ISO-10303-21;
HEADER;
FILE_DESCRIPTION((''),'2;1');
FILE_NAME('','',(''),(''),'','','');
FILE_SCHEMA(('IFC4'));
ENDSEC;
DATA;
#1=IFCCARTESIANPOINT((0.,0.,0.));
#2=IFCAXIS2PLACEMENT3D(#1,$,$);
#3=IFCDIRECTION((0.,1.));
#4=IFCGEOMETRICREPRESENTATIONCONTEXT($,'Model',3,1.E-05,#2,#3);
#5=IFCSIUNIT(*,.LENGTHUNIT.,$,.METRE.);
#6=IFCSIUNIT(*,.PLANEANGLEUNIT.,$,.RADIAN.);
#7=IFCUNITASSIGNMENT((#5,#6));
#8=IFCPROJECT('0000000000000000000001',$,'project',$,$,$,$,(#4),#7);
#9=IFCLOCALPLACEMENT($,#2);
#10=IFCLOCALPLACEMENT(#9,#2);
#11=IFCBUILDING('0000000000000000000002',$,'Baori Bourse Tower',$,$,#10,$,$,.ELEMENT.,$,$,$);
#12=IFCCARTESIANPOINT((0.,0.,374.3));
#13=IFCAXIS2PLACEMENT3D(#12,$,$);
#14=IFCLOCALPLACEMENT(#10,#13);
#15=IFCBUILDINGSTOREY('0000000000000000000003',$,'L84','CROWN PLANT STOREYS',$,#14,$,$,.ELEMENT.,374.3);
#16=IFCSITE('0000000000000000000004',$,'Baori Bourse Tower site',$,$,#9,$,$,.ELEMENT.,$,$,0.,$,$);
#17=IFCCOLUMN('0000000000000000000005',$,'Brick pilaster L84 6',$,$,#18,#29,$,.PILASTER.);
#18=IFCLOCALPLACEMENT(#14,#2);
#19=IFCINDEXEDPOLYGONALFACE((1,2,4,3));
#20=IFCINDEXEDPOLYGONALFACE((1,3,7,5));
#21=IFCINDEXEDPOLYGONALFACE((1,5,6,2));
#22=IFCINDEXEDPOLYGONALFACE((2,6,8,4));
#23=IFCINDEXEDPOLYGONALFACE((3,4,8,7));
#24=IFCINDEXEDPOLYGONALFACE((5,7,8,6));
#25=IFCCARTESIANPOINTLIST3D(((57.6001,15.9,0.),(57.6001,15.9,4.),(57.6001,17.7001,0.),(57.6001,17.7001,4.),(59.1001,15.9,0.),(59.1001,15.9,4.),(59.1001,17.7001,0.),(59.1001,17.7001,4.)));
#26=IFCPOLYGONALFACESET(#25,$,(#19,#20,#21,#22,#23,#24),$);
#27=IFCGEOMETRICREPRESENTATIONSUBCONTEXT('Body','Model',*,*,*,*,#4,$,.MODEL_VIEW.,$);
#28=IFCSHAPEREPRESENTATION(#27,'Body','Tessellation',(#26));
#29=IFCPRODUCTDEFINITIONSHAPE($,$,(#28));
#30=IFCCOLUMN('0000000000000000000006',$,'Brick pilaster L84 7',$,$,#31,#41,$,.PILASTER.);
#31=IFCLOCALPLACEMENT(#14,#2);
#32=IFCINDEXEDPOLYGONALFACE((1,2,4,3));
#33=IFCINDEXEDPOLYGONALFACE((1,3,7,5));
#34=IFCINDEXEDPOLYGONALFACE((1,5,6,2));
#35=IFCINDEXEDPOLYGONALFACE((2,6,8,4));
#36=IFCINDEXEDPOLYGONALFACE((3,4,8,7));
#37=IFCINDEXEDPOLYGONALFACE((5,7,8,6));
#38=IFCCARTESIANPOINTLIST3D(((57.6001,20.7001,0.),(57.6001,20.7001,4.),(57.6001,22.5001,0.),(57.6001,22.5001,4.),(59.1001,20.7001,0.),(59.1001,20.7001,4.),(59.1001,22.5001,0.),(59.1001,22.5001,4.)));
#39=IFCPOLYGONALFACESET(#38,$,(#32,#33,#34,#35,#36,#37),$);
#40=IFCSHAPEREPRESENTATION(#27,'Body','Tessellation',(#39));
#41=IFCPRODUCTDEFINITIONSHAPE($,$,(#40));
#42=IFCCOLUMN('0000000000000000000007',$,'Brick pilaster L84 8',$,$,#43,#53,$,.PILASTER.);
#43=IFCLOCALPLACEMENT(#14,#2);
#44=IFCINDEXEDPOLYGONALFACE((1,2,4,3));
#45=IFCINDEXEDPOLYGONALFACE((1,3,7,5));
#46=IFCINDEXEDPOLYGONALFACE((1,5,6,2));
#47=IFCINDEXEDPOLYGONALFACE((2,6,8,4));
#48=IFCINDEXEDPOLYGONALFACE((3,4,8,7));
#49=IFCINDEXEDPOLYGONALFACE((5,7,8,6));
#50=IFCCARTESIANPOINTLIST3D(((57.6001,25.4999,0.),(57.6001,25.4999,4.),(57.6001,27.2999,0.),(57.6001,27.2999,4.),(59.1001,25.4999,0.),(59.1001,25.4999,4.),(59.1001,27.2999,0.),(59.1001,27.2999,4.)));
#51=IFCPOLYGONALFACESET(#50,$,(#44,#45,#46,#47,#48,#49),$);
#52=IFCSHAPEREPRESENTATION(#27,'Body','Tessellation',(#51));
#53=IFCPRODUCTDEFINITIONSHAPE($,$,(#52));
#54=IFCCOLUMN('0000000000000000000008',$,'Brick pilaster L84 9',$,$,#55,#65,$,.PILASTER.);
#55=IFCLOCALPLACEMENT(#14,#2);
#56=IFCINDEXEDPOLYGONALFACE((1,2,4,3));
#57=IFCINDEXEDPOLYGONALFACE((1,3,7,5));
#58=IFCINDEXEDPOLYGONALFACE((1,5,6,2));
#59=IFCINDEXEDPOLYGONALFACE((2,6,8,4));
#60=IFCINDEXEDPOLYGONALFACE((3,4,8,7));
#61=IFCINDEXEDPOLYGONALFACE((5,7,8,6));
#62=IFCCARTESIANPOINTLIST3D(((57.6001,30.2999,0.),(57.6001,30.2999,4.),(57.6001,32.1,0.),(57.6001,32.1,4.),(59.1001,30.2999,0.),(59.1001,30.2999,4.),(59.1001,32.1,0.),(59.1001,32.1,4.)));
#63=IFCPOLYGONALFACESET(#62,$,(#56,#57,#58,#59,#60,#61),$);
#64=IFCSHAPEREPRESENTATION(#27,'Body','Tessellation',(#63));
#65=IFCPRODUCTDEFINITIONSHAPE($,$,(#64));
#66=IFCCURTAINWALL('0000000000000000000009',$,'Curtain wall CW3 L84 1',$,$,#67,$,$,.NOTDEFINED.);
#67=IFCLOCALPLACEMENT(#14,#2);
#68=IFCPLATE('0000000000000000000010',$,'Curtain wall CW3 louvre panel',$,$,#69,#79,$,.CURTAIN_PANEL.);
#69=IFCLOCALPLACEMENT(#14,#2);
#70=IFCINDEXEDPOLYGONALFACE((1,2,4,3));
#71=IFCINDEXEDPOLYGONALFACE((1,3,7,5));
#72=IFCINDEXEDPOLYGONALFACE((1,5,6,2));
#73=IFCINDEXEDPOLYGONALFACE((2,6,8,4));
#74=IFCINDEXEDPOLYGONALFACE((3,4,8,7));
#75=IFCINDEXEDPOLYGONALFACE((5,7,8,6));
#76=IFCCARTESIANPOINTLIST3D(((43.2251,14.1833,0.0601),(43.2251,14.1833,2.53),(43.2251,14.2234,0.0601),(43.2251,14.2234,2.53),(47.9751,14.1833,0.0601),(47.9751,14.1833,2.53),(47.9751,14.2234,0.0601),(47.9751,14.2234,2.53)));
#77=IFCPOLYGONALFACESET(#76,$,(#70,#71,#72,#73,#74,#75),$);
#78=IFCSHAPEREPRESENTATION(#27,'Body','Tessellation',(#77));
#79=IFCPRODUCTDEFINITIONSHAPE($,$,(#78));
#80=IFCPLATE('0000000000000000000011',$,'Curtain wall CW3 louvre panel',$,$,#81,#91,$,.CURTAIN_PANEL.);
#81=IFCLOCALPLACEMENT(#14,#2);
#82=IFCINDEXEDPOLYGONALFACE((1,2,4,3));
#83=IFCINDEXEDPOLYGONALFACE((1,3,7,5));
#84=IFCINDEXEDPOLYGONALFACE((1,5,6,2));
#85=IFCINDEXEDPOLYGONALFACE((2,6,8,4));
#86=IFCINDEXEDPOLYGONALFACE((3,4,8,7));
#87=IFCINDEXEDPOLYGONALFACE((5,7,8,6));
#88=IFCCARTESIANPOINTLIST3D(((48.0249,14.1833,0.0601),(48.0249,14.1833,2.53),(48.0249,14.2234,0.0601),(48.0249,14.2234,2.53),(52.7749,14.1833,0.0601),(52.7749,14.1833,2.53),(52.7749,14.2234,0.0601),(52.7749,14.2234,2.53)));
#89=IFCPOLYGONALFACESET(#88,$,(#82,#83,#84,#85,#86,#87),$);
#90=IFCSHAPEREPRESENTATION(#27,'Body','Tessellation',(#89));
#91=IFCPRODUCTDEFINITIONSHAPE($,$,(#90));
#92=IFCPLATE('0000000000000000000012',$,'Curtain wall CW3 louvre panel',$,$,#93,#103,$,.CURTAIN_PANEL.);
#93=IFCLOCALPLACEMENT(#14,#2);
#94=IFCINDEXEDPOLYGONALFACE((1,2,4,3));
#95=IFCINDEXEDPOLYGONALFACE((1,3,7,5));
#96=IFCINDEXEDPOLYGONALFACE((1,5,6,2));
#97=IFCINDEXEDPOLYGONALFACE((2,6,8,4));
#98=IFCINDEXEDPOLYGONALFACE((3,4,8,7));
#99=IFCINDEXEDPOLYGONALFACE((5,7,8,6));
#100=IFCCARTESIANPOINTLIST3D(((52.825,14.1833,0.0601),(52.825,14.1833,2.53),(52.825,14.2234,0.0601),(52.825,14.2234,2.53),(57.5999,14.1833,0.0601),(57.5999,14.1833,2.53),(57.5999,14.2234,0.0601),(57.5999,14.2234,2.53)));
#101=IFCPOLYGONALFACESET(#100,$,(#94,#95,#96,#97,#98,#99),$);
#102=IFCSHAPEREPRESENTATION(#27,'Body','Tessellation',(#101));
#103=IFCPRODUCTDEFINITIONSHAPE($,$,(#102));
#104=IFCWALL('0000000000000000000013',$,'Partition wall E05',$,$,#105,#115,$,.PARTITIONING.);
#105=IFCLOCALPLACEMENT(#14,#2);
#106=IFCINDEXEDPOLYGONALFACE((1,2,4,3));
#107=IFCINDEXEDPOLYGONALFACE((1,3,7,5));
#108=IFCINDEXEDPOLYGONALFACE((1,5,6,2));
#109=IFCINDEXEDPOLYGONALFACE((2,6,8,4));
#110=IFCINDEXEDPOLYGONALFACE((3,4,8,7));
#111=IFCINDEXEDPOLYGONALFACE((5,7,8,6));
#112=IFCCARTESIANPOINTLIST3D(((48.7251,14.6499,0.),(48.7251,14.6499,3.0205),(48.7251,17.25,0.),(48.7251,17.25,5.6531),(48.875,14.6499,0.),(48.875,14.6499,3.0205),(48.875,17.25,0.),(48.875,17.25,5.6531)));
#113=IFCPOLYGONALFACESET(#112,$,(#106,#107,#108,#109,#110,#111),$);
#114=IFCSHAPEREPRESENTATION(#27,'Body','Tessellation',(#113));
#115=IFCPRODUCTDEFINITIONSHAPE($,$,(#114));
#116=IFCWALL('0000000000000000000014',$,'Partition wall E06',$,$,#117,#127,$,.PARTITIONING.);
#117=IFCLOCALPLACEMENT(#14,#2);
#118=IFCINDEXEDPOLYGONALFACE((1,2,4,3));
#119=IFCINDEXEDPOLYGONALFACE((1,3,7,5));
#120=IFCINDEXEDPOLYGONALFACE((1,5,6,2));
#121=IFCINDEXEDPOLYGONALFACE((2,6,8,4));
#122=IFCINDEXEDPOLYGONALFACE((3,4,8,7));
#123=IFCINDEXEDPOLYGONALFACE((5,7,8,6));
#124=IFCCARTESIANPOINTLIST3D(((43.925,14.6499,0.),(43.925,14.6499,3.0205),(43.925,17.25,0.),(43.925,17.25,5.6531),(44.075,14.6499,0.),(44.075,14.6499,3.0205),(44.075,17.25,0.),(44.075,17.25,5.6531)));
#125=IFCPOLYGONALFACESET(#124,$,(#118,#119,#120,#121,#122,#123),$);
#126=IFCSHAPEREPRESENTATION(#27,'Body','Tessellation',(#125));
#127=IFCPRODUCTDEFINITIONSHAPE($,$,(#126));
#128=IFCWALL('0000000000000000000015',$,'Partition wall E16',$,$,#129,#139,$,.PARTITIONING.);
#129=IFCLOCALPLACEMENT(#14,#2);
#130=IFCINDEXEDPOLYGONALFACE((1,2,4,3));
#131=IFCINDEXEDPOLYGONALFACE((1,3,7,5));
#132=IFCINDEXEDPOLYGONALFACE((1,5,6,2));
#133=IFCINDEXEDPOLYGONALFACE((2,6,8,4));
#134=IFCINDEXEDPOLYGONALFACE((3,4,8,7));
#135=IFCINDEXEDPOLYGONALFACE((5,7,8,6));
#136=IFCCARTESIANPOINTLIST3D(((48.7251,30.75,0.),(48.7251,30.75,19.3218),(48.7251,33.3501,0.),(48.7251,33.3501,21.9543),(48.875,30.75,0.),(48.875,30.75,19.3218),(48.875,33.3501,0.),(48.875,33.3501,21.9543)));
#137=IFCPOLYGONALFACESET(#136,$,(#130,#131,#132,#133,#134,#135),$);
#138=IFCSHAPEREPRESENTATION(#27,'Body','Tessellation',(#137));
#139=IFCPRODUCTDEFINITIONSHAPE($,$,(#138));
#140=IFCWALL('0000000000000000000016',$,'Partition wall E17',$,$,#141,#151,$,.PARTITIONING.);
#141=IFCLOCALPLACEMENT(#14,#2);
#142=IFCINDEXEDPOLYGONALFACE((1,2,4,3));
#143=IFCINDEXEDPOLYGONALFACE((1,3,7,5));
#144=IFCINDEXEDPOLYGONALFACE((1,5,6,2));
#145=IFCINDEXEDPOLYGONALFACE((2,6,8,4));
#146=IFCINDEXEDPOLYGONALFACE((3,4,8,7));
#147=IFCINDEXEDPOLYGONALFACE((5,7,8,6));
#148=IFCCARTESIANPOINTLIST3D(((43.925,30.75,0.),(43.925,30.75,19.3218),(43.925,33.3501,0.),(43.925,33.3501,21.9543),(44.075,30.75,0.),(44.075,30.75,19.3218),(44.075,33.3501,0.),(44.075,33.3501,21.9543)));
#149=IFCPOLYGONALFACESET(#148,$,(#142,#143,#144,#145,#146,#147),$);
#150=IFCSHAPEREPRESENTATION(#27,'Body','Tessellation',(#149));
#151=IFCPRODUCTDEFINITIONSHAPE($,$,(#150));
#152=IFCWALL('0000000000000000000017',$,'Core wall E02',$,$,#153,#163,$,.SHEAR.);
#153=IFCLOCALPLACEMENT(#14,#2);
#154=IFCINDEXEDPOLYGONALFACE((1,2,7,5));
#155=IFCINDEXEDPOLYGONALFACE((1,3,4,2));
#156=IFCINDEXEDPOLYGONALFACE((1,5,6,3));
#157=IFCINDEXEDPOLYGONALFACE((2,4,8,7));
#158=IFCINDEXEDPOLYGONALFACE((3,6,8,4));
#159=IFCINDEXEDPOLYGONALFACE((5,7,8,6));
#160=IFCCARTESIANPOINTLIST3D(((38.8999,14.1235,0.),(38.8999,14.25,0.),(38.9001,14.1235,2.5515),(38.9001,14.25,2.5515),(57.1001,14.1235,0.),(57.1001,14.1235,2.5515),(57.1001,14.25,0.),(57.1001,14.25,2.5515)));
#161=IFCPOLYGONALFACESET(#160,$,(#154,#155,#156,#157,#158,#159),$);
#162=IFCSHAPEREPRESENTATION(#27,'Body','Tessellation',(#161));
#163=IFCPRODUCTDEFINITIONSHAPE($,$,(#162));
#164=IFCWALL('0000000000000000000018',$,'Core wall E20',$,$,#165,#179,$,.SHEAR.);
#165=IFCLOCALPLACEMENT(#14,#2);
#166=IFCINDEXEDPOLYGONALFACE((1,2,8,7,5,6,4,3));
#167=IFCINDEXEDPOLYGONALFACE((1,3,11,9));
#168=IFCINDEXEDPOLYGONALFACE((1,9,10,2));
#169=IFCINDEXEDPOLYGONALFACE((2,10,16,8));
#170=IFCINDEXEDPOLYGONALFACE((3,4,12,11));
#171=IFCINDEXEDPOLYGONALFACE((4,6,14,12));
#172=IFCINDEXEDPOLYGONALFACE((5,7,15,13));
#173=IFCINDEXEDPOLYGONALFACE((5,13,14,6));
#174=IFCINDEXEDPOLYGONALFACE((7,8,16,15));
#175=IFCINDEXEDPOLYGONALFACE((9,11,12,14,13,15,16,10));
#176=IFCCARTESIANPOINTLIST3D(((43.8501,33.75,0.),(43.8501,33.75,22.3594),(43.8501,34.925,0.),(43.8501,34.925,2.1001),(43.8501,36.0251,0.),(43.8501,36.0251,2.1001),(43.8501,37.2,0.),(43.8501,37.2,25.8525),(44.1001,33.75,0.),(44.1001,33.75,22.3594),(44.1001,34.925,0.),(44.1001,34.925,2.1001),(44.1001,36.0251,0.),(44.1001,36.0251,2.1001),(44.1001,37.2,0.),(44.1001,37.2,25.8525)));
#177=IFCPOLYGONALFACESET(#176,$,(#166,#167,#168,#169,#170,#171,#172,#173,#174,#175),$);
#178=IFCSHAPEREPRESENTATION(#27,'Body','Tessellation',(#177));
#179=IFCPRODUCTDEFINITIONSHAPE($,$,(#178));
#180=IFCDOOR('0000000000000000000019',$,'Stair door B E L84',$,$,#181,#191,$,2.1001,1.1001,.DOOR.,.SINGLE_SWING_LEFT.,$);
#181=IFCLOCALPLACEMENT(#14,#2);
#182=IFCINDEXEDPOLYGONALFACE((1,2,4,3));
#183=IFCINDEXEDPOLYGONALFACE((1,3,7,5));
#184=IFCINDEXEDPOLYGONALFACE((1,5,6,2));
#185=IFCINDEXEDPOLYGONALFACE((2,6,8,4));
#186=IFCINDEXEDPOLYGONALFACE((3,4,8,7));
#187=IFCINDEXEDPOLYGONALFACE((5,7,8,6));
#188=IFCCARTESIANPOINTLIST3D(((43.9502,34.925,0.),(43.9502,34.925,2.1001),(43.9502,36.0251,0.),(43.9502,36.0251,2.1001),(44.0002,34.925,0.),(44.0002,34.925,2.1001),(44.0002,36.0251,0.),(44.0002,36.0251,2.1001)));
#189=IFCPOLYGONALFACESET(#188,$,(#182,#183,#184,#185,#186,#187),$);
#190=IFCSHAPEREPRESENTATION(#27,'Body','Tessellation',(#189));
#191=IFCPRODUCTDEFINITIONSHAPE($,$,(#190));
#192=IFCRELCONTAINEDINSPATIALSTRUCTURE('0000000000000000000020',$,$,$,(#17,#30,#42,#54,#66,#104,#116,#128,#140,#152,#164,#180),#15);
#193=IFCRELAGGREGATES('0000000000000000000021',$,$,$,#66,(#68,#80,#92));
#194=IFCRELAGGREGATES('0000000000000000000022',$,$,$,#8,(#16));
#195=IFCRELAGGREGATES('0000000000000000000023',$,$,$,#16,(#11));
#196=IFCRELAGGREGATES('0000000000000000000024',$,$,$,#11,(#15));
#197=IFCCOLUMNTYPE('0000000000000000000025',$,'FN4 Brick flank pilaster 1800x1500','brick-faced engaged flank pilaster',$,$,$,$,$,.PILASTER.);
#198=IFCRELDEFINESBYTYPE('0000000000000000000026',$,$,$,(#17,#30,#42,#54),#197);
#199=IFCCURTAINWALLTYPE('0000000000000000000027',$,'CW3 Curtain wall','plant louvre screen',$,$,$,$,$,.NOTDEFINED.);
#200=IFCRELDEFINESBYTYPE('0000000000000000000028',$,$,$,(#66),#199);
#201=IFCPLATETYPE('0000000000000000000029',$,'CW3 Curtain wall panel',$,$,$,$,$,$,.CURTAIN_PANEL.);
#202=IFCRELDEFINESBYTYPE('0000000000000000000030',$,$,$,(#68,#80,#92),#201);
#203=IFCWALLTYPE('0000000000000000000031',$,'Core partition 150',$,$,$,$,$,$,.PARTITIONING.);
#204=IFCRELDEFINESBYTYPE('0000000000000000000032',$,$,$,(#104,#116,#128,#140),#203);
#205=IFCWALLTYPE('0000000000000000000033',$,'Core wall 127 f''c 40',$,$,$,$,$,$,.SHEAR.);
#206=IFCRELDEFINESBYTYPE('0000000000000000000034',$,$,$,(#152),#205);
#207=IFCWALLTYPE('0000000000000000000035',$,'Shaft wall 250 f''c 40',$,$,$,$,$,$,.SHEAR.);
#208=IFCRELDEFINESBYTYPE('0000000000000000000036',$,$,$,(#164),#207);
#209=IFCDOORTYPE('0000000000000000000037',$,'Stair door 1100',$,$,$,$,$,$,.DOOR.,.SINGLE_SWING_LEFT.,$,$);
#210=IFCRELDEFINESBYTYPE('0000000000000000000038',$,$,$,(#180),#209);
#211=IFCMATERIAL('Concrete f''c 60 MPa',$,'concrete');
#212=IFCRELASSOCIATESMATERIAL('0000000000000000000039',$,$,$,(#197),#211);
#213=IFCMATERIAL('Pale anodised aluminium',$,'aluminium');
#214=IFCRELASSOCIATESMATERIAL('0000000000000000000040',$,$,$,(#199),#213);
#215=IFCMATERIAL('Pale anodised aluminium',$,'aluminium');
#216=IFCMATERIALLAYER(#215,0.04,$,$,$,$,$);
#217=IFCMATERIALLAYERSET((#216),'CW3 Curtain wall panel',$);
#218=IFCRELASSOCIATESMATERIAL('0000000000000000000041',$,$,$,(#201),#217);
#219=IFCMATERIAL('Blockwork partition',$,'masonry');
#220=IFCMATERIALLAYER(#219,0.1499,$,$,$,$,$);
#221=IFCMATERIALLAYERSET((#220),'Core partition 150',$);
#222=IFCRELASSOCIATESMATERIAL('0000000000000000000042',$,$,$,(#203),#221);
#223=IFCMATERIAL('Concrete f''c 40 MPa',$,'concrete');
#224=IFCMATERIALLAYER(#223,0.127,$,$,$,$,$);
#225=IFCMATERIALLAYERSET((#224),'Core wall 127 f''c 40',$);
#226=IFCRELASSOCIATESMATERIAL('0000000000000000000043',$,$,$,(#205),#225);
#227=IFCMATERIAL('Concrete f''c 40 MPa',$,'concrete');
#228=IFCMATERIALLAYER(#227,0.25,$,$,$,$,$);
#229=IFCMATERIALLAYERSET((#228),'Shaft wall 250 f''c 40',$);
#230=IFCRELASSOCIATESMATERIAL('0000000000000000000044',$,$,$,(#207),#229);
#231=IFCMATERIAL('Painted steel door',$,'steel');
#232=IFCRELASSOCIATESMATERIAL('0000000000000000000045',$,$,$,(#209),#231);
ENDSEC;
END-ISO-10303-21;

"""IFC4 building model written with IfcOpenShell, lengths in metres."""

from ifc_helpers import new_model, si_unit, direction, frame, frame_2d, origin, origin_2d, place, context, subcontext, project, spatial, polyline, rectangle, outline, extrude, material, layer, layer_set, material_profile, profile_set, type_object, element, fill, aggregate, save


model = new_model("IFC4")

# Units and contexts
model_context = context("Model", 3, precision=1e-05, world=origin(), true_north=direction((0.0, 1.0)))
body_context = subcontext(model_context, "Body", "Model", "MODEL_VIEW")
ifc_project = project(units=[si_unit("LENGTHUNIT", "METRE"), si_unit("PLANEANGLEUNIT", "RADIAN")], contexts=[model_context])

# Site, building, storey
site_placement = place(None, origin())
site = spatial("IfcSite", under=ifc_project, at=site_placement, Name="Baori Bourse Tower site", CompositionType="ELEMENT", RefElevation=0.0)
building_placement = place(site_placement, origin())
building = spatial("IfcBuilding", under=site, at=building_placement, Name="Baori Bourse Tower", CompositionType="ELEMENT")
storey_placement = place(building_placement, frame((0.0, 0.0, 374.3)))
storey = spatial("IfcBuildingStorey", under=building, at=storey_placement, Name="L84", Description="CROWN PLANT STOREYS", CompositionType="ELEMENT", Elevation=374.3)

# Columns
ifc_material_1 = material(Name="Concrete f'c 60 MPa", Category="concrete")
ifc_material_profile = material_profile(ifc_material_1, rectangle(XDim=1.8, YDim=1.5, at=origin_2d()), Name="RC 1800x1500")
ifc_profile_set = profile_set([ifc_material_profile], Name="Concrete f'c 60 MPa")
column_type = type_object("IfcColumnType", Name="FN4 Brick flank pilaster 1800x1500", Description="brick-faced engaged flank pilaster", PredefinedType="PILASTER", material=ifc_profile_set)
for number, where, z_axis, x_axis, name in (
    (1, (58.3501, 16.8, 0.0), (0.0, 0.0, 1.0), (0.0, 1.0, 0.0), "Brick pilaster L84 6"),
    (2, (58.3501, 21.6001, 0.0), (0.0, 0.0, 1.0), (0.0, 1.0, 0.0), "Brick pilaster L84 7"),
    (3, (58.3501, 26.3999, 0.0), (0.0, 0.0, 1.0), (0.0, 1.0, 0.0), "Brick pilaster L84 8"),
    (4, (58.3501, 31.2, 0.0), (0.0, 0.0, 1.0), (0.0, 1.0, 0.0), "Brick pilaster L84 9"),
):
    element("IfcColumn", number, at=place(storey_placement, frame(where, z_axis=z_axis, x_axis=x_axis)), inside=storey, type_object=column_type, Name=name, PredefinedType="PILASTER", context=body_context, shape_type="SweptSolid", body=[
        extrude(rectangle(XDim=1.8, YDim=1.5, at=origin_2d()), origin(), (0.0, 0.0, 1.0), 4.0),
    ])

# Curtain wall, plates
ifc_material_2 = material(Name="Pale anodised aluminium", Category="aluminium")
curtain_wall_type = type_object("IfcCurtainWallType", Name="CW3 Curtain wall", Description="plant louvre screen", PredefinedType="NOTDEFINED", material=ifc_material_2)
curtain_wall_placement = place(storey_placement, origin())
curtain_wall = element("IfcCurtainWall", 5, at=curtain_wall_placement, inside=storey, type_object=curtain_wall_type, Name="Curtain wall CW3 L84 1", PredefinedType="NOTDEFINED")
ifc_material_3 = material(Name="Pale anodised aluminium", Category="aluminium")
ifc_layer_1 = layer(ifc_material_3, 0.04)
ifc_layer_set_1 = layer_set([ifc_layer_1], Name="CW3 Curtain wall panel")
plate_type = type_object("IfcPlateType", Name="CW3 Curtain wall panel", PredefinedType="CURTAIN_PANEL", material=ifc_layer_set_1)
plate_1_placement = place(storey_placement, frame((45.6001, 14.2034, 0.0601), z_axis=(0.0, 0.0, 1.0), x_axis=(1.0, 0.0, 0.0)))
plate_1 = element("IfcPlate", 6, at=plate_1_placement, type_object=plate_type, Name="Curtain wall CW3 louvre panel", PredefinedType="CURTAIN_PANEL", context=body_context, shape_type="SweptSolid", body=[
    extrude(rectangle(XDim=4.75, YDim=0.04, at=origin_2d()), origin(), (0.0, 0.0, 1.0), 2.47),
])
plate_2_placement = place(storey_placement, frame((50.3999, 14.2034, 0.0601), z_axis=(0.0, 0.0, 1.0), x_axis=(1.0, 0.0, 0.0)))
plate_2 = element("IfcPlate", 7, at=plate_2_placement, type_object=plate_type, Name="Curtain wall CW3 louvre panel", PredefinedType="CURTAIN_PANEL", context=body_context, shape_type="SweptSolid", body=[
    extrude(rectangle(XDim=4.75, YDim=0.04, at=origin_2d()), origin(), (0.0, 0.0, 1.0), 2.47),
])
plate_3_placement = place(storey_placement, frame((55.2124, 14.2034, 0.0601), z_axis=(0.0, 0.0, 1.0), x_axis=(1.0, 0.0, 0.0)))
plate_3 = element("IfcPlate", 8, at=plate_3_placement, type_object=plate_type, Name="Curtain wall CW3 louvre panel", PredefinedType="CURTAIN_PANEL", context=body_context, shape_type="SweptSolid", body=[
    extrude(rectangle(XDim=4.7749, YDim=0.04, at=origin_2d()), origin(), (0.0, 0.0, 1.0), 2.47),
])
aggregate(curtain_wall, [plate_1, plate_2, plate_3])

# Walls
ifc_material_4 = material(Name="Blockwork partition", Category="masonry")
ifc_layer_2 = layer(ifc_material_4, 0.1499)
ifc_layer_set_2 = layer_set([ifc_layer_2], Name="Core partition 150")
wall_type_1 = type_object("IfcWallType", Name="Core partition 150", PredefinedType="PARTITIONING", material=ifc_layer_set_2)
for number, where, z_axis, x_axis, name in (
    (9, (48.8, 14.6499, 0.0), (0.0, 0.0, 1.0), (0.0, 1.0, 0.0), "Partition wall E05"),
    (10, (44.0, 14.6499, 0.0), (0.0, 0.0, 1.0), (0.0, 1.0, 0.0), "Partition wall E06"),
):
    element("IfcWall", number, at=place(storey_placement, frame(where, z_axis=z_axis, x_axis=x_axis)), inside=storey, type_object=wall_type_1, Name=name, PredefinedType="PARTITIONING", context=body_context, shape_type="SweptSolid", body=[
        extrude(outline(polyline([(0.0, 0.0), (2.6001, 0.0), (2.6001, 5.6531), (0.0, 3.0205), (0.0, 0.0)])), frame((0.0, 0.075, 0.0), z_axis=(0.0, -1.0, 0.0), x_axis=(1.0, 0.0, 0.0)), (0.0, 0.0, 1.0), 0.1499),
    ])
for number, where, z_axis, x_axis, name in (
    (11, (48.8, 30.75, 0.0), (0.0, 0.0, 1.0), (0.0, 1.0, 0.0), "Partition wall E16"),
    (12, (44.0, 30.75, 0.0), (0.0, 0.0, 1.0), (0.0, 1.0, 0.0), "Partition wall E17"),
):
    element("IfcWall", number, at=place(storey_placement, frame(where, z_axis=z_axis, x_axis=x_axis)), inside=storey, type_object=wall_type_1, Name=name, PredefinedType="PARTITIONING", context=body_context, shape_type="SweptSolid", body=[
        extrude(outline(polyline([(0.0, 0.0), (2.6001, 0.0), (2.6001, 21.9543), (0.0, 19.3218), (0.0, 0.0)])), frame((0.0, 0.075, 0.0), z_axis=(0.0, -1.0, 0.0), x_axis=(1.0, 0.0, 0.0)), (0.0, 0.0, 1.0), 0.1499),
    ])
ifc_material_5 = material(Name="Concrete f'c 40 MPa", Category="concrete")
ifc_layer_3 = layer(ifc_material_5, 0.127)
ifc_layer_set_3 = layer_set([ifc_layer_3], Name="Core wall 127 f'c 40")
wall_type_2 = type_object("IfcWallType", Name="Core wall 127 f'c 40", PredefinedType="SHEAR", material=ifc_layer_set_3)
wall_1_placement = place(storey_placement, frame((57.1001, 14.1868, 0.0), z_axis=(0.0, 0.0, 1.0), x_axis=(-1.0, 0.0, 0.0)))
element("IfcWall", 13, at=wall_1_placement, inside=storey, type_object=wall_type_2, Name="Core wall E02", PredefinedType="SHEAR", context=body_context, shape_type="SweptSolid", body=[
    extrude(outline(polyline([(0.0, 0.0), (18.2002, 0.0), (18.2, 2.5515), (0.0, 2.5515), (0.0, 0.0)])), frame((0.0, 0.0632, 0.0), z_axis=(0.0, -1.0, 0.0), x_axis=(1.0, 0.0, 0.0)), (0.0, 0.0, 1.0), 0.1265),
])

# Wall, opening, door
ifc_material_6 = material(Name="Concrete f'c 40 MPa", Category="concrete")
ifc_layer_4 = layer(ifc_material_6, 0.25)
ifc_layer_set_4 = layer_set([ifc_layer_4], Name="Shaft wall 250 f'c 40")
wall_type_3 = type_object("IfcWallType", Name="Shaft wall 250 f'c 40", PredefinedType="SHEAR", material=ifc_layer_set_4)
wall_2_placement = place(storey_placement, frame((43.9751, 33.75, 0.0), z_axis=(0.0, 0.0, 1.0), x_axis=(0.0, 1.0, 0.0)))
wall_2 = element("IfcWall", 14, at=wall_2_placement, inside=storey, type_object=wall_type_3, Name="Core wall E20", PredefinedType="SHEAR", context=body_context, shape_type="SweptSolid", body=[
    extrude(outline(polyline([(0.0, 0.0), (3.45, 0.0), (3.45, 25.8525), (0.0, 22.3594), (0.0, 0.0)])), frame((0.0, 0.125, 0.0), z_axis=(0.0, -1.0, 0.0), x_axis=(1.0, 0.0, 0.0)), (0.0, 0.0, 1.0), 0.25),
])
opening_1_placement = place(wall_2_placement, frame((1.175, 0.0, 0.0)))
opening_1 = element("IfcOpeningElement", 15, at=opening_1_placement, cuts=wall_2, PredefinedType="OPENING", context=body_context, shape_type="SweptSolid", body=[
    extrude(rectangle(XDim=1.1001, YDim=2.1001, at=frame_2d((0.55, 1.05))), frame((0.0, 0.135, 0.0), z_axis=(0.0, -1.0, 0.0), x_axis=(1.0, 0.0, 0.0)), (0.0, 0.0, 1.0), 0.27),
])
ifc_material_7 = material(Name="Painted steel door", Category="steel")
door_type_1 = type_object("IfcDoorType", Name="Stair door 1100", OperationType="SINGLE_SWING_LEFT", PredefinedType="DOOR", material=ifc_material_7)
door_1_placement = place(opening_1_placement, origin())
door_1 = element("IfcDoor", 16, at=door_1_placement, inside=storey, type_object=door_type_1, Name="Stair door B E L84", OperationType="SINGLE_SWING_LEFT", OverallHeight=2.1001, OverallWidth=1.1001, PredefinedType="DOOR", context=body_context, shape_type="SweptSolid", body=[
    extrude(rectangle(XDim=1.1001, YDim=2.1001, at=frame_2d((0.55, 1.05))), frame((0.0, 0.0249, 0.0), z_axis=(0.0, -1.0, 0.0), x_axis=(1.0, 0.0, 0.0)), (0.0, 0.0, 1.0), 0.05),
])
fill(opening_1, door_1)

save(model, "model.ifc")
